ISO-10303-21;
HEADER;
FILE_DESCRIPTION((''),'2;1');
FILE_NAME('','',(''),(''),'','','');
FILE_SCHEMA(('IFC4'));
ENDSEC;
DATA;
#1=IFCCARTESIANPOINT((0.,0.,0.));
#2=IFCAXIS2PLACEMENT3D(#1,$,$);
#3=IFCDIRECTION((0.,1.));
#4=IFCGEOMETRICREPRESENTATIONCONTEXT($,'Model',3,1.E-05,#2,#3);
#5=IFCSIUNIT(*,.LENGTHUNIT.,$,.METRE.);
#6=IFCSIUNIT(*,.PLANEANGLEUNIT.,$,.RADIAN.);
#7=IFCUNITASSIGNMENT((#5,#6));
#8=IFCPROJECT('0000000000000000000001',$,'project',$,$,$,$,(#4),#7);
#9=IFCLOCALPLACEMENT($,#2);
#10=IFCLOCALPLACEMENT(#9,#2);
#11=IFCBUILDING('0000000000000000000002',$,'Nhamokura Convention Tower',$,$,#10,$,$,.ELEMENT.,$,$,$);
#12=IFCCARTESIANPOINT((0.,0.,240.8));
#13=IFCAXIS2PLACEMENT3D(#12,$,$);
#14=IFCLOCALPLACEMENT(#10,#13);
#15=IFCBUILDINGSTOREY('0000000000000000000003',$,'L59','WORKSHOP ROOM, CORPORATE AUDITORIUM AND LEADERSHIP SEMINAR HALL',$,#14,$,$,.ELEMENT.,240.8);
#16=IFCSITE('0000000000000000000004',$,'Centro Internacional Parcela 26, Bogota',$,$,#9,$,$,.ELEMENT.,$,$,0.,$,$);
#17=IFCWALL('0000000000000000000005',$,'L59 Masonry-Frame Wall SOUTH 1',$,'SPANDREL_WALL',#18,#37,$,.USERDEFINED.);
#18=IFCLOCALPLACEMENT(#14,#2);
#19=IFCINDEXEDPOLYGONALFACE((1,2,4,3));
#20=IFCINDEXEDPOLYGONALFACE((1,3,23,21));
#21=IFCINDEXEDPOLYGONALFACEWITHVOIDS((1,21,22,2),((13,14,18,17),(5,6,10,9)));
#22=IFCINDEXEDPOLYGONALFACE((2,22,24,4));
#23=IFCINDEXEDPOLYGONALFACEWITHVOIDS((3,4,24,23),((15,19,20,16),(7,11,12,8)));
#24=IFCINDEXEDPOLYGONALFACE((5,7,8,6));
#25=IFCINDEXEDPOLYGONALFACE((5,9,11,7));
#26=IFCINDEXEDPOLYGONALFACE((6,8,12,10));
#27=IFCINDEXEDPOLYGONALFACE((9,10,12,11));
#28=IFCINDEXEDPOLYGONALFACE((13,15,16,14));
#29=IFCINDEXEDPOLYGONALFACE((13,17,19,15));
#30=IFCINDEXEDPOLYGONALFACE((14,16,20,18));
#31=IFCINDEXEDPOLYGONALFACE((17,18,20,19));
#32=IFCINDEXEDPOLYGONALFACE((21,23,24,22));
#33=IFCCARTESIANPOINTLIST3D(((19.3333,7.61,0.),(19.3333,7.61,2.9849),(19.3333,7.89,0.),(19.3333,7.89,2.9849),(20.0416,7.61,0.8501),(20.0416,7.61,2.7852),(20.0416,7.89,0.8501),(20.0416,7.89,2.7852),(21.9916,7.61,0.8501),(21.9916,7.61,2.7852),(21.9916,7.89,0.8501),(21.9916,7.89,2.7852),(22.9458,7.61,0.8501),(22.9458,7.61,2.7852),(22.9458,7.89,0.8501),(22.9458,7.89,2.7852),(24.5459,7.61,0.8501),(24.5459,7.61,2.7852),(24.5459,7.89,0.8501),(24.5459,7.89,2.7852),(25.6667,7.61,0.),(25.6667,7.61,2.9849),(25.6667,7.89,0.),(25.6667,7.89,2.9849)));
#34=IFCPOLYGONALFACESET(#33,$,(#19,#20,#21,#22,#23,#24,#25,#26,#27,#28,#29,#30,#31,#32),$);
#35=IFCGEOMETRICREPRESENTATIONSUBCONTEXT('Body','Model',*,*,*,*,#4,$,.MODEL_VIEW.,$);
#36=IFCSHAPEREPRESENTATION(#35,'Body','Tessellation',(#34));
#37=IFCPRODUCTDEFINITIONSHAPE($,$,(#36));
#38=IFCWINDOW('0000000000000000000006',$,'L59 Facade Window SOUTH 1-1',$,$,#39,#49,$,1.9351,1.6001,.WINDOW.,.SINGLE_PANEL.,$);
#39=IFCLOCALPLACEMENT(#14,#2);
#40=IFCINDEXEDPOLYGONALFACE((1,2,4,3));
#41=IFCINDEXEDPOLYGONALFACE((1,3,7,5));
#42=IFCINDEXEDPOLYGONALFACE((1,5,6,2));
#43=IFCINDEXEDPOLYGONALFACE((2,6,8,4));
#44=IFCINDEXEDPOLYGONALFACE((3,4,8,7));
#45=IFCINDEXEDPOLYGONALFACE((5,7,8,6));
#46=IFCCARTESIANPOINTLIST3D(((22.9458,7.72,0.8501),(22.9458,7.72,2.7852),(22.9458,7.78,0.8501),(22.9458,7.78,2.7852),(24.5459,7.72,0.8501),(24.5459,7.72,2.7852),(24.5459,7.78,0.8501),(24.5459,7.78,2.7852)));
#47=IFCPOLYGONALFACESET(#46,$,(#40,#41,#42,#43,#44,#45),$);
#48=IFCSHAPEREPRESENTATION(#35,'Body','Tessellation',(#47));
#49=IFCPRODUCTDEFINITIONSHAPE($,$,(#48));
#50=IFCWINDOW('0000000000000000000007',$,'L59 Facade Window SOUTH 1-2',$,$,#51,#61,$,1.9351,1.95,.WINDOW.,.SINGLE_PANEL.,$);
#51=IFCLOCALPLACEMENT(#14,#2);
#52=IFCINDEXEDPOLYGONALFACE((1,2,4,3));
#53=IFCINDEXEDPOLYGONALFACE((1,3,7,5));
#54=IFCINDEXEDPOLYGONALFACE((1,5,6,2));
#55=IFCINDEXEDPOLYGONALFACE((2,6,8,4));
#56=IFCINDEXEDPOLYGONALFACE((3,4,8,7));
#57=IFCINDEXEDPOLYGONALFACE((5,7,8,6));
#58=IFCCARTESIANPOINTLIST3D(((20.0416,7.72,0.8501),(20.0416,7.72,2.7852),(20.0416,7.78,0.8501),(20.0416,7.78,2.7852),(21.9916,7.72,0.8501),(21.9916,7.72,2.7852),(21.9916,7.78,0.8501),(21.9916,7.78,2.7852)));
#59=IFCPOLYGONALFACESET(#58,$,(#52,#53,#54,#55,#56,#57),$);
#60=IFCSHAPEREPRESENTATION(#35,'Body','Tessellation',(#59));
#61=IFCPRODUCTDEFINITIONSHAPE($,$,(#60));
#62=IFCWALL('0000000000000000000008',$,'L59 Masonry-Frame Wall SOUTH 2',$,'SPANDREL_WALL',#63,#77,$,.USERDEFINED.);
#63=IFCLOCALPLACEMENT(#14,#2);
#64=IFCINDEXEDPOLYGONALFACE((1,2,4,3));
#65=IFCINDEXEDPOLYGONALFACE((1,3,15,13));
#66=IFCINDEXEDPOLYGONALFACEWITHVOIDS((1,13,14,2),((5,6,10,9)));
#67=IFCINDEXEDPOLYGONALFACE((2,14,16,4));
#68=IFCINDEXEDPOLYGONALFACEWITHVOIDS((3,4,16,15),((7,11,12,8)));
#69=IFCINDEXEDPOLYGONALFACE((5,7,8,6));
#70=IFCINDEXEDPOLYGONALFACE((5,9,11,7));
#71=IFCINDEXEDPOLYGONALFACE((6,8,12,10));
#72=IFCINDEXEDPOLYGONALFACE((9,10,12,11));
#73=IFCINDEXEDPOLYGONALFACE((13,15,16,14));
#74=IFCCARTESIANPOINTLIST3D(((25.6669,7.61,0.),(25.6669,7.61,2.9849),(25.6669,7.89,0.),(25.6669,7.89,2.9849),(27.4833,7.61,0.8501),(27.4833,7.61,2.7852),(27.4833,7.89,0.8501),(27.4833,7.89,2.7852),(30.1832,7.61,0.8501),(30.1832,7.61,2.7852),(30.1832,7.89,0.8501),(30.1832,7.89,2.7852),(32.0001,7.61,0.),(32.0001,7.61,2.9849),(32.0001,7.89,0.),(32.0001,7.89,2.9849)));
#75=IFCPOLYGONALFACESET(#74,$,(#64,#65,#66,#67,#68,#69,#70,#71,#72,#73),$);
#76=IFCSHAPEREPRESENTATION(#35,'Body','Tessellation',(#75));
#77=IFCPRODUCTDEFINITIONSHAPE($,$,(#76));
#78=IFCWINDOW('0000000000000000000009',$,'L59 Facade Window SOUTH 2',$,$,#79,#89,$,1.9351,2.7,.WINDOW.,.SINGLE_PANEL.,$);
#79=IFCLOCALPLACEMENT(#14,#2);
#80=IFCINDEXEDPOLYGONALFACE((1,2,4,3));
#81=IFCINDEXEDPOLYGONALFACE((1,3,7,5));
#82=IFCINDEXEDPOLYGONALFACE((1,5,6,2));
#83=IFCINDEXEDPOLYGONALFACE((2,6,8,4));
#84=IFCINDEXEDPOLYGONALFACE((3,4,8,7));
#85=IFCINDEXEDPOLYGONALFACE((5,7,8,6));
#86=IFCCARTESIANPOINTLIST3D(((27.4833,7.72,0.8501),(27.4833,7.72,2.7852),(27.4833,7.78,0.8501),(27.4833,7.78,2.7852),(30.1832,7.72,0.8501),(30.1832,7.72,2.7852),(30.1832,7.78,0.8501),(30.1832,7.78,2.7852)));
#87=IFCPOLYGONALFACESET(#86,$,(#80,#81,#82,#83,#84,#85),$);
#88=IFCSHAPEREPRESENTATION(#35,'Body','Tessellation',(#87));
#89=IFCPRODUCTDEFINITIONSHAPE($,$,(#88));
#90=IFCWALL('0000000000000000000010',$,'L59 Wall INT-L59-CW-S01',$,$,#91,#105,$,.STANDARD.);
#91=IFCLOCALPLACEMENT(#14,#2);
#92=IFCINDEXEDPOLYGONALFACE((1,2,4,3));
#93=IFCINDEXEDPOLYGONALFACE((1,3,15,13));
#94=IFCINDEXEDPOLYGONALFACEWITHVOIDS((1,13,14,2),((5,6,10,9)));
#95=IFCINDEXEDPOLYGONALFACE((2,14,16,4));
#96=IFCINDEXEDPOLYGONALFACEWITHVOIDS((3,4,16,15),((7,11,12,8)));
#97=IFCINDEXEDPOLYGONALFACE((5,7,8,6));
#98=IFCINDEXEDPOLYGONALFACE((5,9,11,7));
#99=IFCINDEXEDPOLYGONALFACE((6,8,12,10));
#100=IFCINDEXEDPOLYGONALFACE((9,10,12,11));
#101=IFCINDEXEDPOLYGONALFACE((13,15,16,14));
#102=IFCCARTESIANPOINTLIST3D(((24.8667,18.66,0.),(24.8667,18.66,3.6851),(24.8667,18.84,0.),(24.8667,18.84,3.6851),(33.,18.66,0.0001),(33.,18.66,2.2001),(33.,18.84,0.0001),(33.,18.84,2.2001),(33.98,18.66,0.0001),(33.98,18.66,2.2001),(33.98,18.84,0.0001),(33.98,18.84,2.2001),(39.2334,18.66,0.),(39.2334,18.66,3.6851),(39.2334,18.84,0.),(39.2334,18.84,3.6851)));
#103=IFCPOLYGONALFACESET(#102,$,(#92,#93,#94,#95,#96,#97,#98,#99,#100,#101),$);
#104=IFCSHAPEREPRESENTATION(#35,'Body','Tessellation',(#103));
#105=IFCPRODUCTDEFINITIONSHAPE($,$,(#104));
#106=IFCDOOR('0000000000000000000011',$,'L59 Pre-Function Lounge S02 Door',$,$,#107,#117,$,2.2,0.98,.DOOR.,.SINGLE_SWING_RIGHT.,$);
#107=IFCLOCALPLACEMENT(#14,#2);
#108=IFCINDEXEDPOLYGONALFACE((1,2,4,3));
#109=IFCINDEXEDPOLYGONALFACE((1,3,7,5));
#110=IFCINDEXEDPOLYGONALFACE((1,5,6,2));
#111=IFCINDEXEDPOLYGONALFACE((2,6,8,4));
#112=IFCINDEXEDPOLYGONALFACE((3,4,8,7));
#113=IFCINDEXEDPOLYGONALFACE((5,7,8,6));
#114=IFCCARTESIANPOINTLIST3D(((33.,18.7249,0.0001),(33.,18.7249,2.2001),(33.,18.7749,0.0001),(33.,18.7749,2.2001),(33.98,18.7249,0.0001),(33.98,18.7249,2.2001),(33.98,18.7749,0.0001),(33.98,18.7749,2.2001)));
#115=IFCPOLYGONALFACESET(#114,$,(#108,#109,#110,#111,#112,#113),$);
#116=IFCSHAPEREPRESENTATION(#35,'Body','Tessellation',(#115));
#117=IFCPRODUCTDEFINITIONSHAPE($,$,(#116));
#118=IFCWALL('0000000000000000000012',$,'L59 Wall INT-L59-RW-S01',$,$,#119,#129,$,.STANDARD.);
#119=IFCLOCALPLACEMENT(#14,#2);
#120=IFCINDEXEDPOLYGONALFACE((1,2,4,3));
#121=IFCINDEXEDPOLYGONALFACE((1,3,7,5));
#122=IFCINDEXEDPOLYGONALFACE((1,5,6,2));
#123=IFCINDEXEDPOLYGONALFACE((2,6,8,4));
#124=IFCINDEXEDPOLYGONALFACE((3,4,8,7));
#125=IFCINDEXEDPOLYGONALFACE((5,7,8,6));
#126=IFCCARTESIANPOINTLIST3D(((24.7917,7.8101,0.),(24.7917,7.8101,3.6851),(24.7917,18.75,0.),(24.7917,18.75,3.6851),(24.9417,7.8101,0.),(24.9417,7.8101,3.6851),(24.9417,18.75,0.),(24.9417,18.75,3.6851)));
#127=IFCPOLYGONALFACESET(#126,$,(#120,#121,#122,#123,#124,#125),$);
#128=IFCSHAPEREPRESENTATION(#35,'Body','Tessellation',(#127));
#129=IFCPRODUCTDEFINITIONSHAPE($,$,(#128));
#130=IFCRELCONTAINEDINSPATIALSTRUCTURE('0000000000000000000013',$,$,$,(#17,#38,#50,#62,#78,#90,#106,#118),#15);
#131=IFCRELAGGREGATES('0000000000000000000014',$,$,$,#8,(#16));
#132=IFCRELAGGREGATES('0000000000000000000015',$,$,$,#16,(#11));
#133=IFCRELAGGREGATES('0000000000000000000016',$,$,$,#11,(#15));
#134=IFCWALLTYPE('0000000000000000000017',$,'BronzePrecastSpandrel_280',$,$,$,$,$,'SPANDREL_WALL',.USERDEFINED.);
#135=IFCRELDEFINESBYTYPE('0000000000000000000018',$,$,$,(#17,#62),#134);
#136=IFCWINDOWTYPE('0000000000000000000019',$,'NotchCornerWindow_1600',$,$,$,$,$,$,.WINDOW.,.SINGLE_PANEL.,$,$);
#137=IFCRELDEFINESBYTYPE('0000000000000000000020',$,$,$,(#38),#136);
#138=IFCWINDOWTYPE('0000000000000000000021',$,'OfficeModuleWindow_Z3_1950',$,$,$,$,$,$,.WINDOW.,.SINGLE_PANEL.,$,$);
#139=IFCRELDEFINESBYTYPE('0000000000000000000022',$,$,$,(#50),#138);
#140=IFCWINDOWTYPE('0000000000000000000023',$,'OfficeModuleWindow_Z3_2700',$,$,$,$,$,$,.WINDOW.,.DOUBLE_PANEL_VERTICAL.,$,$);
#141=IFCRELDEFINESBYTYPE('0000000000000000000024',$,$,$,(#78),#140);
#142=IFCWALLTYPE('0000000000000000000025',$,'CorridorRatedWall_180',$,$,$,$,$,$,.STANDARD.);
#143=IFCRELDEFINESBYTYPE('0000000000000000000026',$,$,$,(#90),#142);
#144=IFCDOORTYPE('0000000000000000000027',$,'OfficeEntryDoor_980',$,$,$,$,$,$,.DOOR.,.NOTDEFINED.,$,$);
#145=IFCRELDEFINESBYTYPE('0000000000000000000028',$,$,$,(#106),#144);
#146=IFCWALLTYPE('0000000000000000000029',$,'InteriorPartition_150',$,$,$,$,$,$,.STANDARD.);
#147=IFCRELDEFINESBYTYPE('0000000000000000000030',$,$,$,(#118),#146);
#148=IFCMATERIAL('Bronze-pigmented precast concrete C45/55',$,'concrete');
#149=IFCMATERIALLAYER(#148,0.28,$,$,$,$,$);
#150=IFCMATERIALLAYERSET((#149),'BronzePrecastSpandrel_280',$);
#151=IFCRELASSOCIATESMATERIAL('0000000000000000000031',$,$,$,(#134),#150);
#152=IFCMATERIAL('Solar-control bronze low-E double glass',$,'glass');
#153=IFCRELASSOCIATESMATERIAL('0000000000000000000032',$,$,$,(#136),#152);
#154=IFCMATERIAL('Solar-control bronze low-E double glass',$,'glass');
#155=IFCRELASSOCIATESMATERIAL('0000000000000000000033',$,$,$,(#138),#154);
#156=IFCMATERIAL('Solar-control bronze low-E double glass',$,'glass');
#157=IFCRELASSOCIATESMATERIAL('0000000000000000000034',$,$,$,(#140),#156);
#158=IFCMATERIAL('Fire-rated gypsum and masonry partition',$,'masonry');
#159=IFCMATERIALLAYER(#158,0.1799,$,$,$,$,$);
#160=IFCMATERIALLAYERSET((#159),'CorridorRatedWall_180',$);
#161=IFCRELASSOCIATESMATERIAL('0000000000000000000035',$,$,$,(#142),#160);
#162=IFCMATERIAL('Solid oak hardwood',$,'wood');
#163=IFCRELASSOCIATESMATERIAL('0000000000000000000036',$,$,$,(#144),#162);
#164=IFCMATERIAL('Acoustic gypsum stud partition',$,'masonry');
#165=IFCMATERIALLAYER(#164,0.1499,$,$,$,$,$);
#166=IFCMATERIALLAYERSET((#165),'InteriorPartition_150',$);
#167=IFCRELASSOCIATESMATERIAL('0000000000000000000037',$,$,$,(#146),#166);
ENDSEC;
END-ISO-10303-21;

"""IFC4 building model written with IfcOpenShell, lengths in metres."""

from ifc_helpers import new_model, si_unit, direction, frame, frame_2d, origin, place, context, subcontext, project, spatial, rectangle, extrude, material, layer, layer_set, type_object, element, fill, save


model = new_model("IFC4")

# Units and contexts
model_context = context("Model", 3, precision=1e-05, world=origin(), true_north=direction((0.0, 1.0)))
body_context = subcontext(model_context, "Body", "Model", "MODEL_VIEW")
ifc_project = project(units=[si_unit("LENGTHUNIT", "METRE"), si_unit("PLANEANGLEUNIT", "RADIAN")], contexts=[model_context])

# Site, building, storey
site_placement = place(None, origin())
site = spatial("IfcSite", under=ifc_project, at=site_placement, Name="Centro Internacional Parcela 26, Bogota", CompositionType="ELEMENT", RefElevation=0.0)
building_placement = place(site_placement, origin())
building = spatial("IfcBuilding", under=site, at=building_placement, Name="Nhamokura Convention Tower", CompositionType="ELEMENT")
storey_placement = place(building_placement, frame((0.0, 0.0, 240.8)))
storey = spatial("IfcBuildingStorey", under=building, at=storey_placement, Name="L59", Description="WORKSHOP ROOM, CORPORATE AUDITORIUM AND LEADERSHIP SEMINAR HALL", CompositionType="ELEMENT", Elevation=240.8)

# Wall, openings, windows
ifc_material_1 = material(Name="Bronze-pigmented precast concrete C45/55", Category="concrete")
ifc_layer_1 = layer(ifc_material_1, 0.28)
ifc_layer_set_1 = layer_set([ifc_layer_1], Name="BronzePrecastSpandrel_280")
wall_type_1 = type_object("IfcWallType", Name="BronzePrecastSpandrel_280", ElementType="SPANDREL_WALL", PredefinedType="USERDEFINED", material=ifc_layer_set_1)
wall_1_placement = place(storey_placement, frame((25.6667, 7.75, 0.0), z_axis=(0.0, 0.0, 1.0), x_axis=(-1.0, 0.0, 0.0)))
wall_1 = element("IfcWall", 1, at=wall_1_placement, inside=storey, type_object=wall_type_1, Name="L59 Masonry-Frame Wall SOUTH 1", ObjectType="SPANDREL_WALL", PredefinedType="USERDEFINED", context=body_context, shape_type="SweptSolid", body=[
    extrude(rectangle(XDim=6.3335, YDim=0.28, at=frame_2d((3.1667, 0.0))), origin(), (0.0, 0.0, 1.0), 2.9849),
])
opening_1_placement = place(wall_1_placement, frame((1.1208, 0.0, 0.8501)))
opening_1 = element("IfcOpeningElement", 2, at=opening_1_placement, cuts=wall_1, PredefinedType="OPENING", context=body_context, shape_type="SweptSolid", body=[
    extrude(rectangle(XDim=1.6001, YDim=1.9351, at=frame_2d((0.8, 0.9675))), frame((0.0, 0.1499, 0.0), z_axis=(0.0, -1.0, 0.0), x_axis=(1.0, 0.0, 0.0)), (0.0, 0.0, 1.0), 0.3),
])
opening_2_placement = place(wall_1_placement, frame((3.675, 0.0, 0.8501)))
opening_2 = element("IfcOpeningElement", 3, at=opening_2_placement, cuts=wall_1, PredefinedType="OPENING", context=body_context, shape_type="SweptSolid", body=[
    extrude(rectangle(XDim=1.95, YDim=1.9351, at=frame_2d((0.9751, 0.9675))), frame((0.0, 0.1499, 0.0), z_axis=(0.0, -1.0, 0.0), x_axis=(1.0, 0.0, 0.0)), (0.0, 0.0, 1.0), 0.3),
])
ifc_material_2 = material(Name="Solar-control bronze low-E double glass", Category="glass")
window_type_1 = type_object("IfcWindowType", Name="NotchCornerWindow_1600", PartitioningType="SINGLE_PANEL", PredefinedType="WINDOW", material=ifc_material_2)
window_1_placement = place(opening_1_placement, origin())
window_1 = element("IfcWindow", 4, at=window_1_placement, inside=storey, type_object=window_type_1, Name="L59 Facade Window SOUTH 1-1", OverallHeight=1.9351, OverallWidth=1.6001, PartitioningType="SINGLE_PANEL", PredefinedType="WINDOW", context=body_context, shape_type="SweptSolid", body=[
    extrude(rectangle(XDim=1.6001, YDim=1.9351, at=frame_2d((0.8, 0.9675))), frame((0.0, 0.03, 0.0), z_axis=(0.0, -1.0, 0.0), x_axis=(1.0, 0.0, 0.0)), (0.0, 0.0, 1.0), 0.0601),
])
fill(opening_1, window_1)
ifc_material_3 = material(Name="Solar-control bronze low-E double glass", Category="glass")
window_type_2 = type_object("IfcWindowType", Name="OfficeModuleWindow_Z3_1950", PartitioningType="SINGLE_PANEL", PredefinedType="WINDOW", material=ifc_material_3)
window_2_placement = place(opening_2_placement, origin())
window_2 = element("IfcWindow", 5, at=window_2_placement, inside=storey, type_object=window_type_2, Name="L59 Facade Window SOUTH 1-2", OverallHeight=1.9351, OverallWidth=1.95, PartitioningType="SINGLE_PANEL", PredefinedType="WINDOW", context=body_context, shape_type="SweptSolid", body=[
    extrude(rectangle(XDim=1.95, YDim=1.9351, at=frame_2d((0.9751, 0.9675))), frame((0.0, 0.03, 0.0), z_axis=(0.0, -1.0, 0.0), x_axis=(1.0, 0.0, 0.0)), (0.0, 0.0, 1.0), 0.0601),
])
fill(opening_2, window_2)

# Wall, opening, window
wall_2_placement = place(storey_placement, frame((32.0, 7.75, 0.0), z_axis=(0.0, 0.0, 1.0), x_axis=(-1.0, 0.0, 0.0)))
wall_2 = element("IfcWall", 6, at=wall_2_placement, inside=storey, type_object=wall_type_1, Name="L59 Masonry-Frame Wall SOUTH 2", ObjectType="SPANDREL_WALL", PredefinedType="USERDEFINED", context=body_context, shape_type="SweptSolid", body=[
    extrude(rectangle(XDim=6.3333, YDim=0.28, at=frame_2d((3.1665, 0.0))), origin(), (0.0, 0.0, 1.0), 2.9849),
])
opening_3_placement = place(wall_2_placement, frame((1.8167, 0.0, 0.8501)))
opening_3 = element("IfcOpeningElement", 7, at=opening_3_placement, cuts=wall_2, PredefinedType="OPENING", context=body_context, shape_type="SweptSolid", body=[
    extrude(rectangle(XDim=2.7, YDim=1.9351, at=frame_2d((1.3501, 0.9675))), frame((0.0, 0.1499, 0.0), z_axis=(0.0, -1.0, 0.0), x_axis=(1.0, 0.0, 0.0)), (0.0, 0.0, 1.0), 0.3),
])
ifc_material_4 = material(Name="Solar-control bronze low-E double glass", Category="glass")
window_type_3 = type_object("IfcWindowType", Name="OfficeModuleWindow_Z3_2700", PartitioningType="DOUBLE_PANEL_VERTICAL", PredefinedType="WINDOW", material=ifc_material_4)
window_3_placement = place(opening_3_placement, origin())
window_3 = element("IfcWindow", 8, at=window_3_placement, inside=storey, type_object=window_type_3, Name="L59 Facade Window SOUTH 2", OverallHeight=1.9351, OverallWidth=2.7, PartitioningType="SINGLE_PANEL", PredefinedType="WINDOW", context=body_context, shape_type="SweptSolid", body=[
    extrude(rectangle(XDim=2.7, YDim=1.9351, at=frame_2d((1.3501, 0.9675))), frame((0.0, 0.03, 0.0), z_axis=(0.0, -1.0, 0.0), x_axis=(1.0, 0.0, 0.0)), (0.0, 0.0, 1.0), 0.0601),
])
fill(opening_3, window_3)

# Wall, opening, door
ifc_material_5 = material(Name="Fire-rated gypsum and masonry partition", Category="masonry")
ifc_layer_2 = layer(ifc_material_5, 0.1799)
ifc_layer_set_2 = layer_set([ifc_layer_2], Name="CorridorRatedWall_180")
wall_type_2 = type_object("IfcWallType", Name="CorridorRatedWall_180", PredefinedType="STANDARD", material=ifc_layer_set_2)
wall_3_placement = place(storey_placement, frame((24.8667, 18.75, 0.0), z_axis=(0.0, 0.0, 1.0), x_axis=(1.0, 0.0, 0.0)))
wall_3 = element("IfcWall", 9, at=wall_3_placement, inside=storey, type_object=wall_type_2, Name="L59 Wall INT-L59-CW-S01", PredefinedType="STANDARD", context=body_context, shape_type="SweptSolid", body=[
    extrude(rectangle(XDim=14.3667, YDim=0.1799, at=frame_2d((7.1833, 0.0))), origin(), (0.0, 0.0, 1.0), 3.6851),
])
opening_4_placement = place(wall_3_placement, frame((8.1333, 0.0, 0.0)))
opening_4 = element("IfcOpeningElement", 10, at=opening_4_placement, cuts=wall_3, PredefinedType="OPENING", context=body_context, shape_type="SweptSolid", body=[
    extrude(rectangle(XDim=0.98, YDim=2.2, at=frame_2d((0.49, 1.1001))), frame((0.0, 0.0999, 0.0), z_axis=(0.0, -1.0, 0.0), x_axis=(1.0, 0.0, 0.0)), (0.0, 0.0, 1.0), 0.2),
])
ifc_material_6 = material(Name="Solid oak hardwood", Category="wood")
door_type = type_object("IfcDoorType", Name="OfficeEntryDoor_980", OperationType="NOTDEFINED", PredefinedType="DOOR", material=ifc_material_6)
door_placement = place(opening_4_placement, origin())
door = element("IfcDoor", 11, at=door_placement, inside=storey, type_object=door_type, Name="L59 Pre-Function Lounge S02 Door", OperationType="SINGLE_SWING_RIGHT", OverallHeight=2.2, OverallWidth=0.98, PredefinedType="DOOR", context=body_context, shape_type="SweptSolid", body=[
    extrude(rectangle(XDim=0.98, YDim=2.2, at=frame_2d((0.49, 1.1001))), frame((0.0, 0.0249, 0.0), z_axis=(0.0, -1.0, 0.0), x_axis=(1.0, 0.0, 0.0)), (0.0, 0.0, 1.0), 0.05),
])
fill(opening_4, door)

# Wall
ifc_material_7 = material(Name="Acoustic gypsum stud partition", Category="masonry")
ifc_layer_3 = layer(ifc_material_7, 0.1499)
ifc_layer_set_3 = layer_set([ifc_layer_3], Name="InteriorPartition_150")
wall_type_3 = type_object("IfcWallType", Name="InteriorPartition_150", PredefinedType="STANDARD", material=ifc_layer_set_3)
wall_4_placement = place(storey_placement, frame((24.8667, 7.8101, 0.0), z_axis=(0.0, 0.0, 1.0), x_axis=(0.0, 1.0, 0.0)))
element("IfcWall", 12, at=wall_4_placement, inside=storey, type_object=wall_type_3, Name="L59 Wall INT-L59-RW-S01", PredefinedType="STANDARD", context=body_context, shape_type="SweptSolid", body=[
    extrude(rectangle(XDim=10.9399, YDim=0.1499, at=frame_2d((5.47, 0.0))), origin(), (0.0, 0.0, 1.0), 3.6851),
])

save(model, "model.ifc")
